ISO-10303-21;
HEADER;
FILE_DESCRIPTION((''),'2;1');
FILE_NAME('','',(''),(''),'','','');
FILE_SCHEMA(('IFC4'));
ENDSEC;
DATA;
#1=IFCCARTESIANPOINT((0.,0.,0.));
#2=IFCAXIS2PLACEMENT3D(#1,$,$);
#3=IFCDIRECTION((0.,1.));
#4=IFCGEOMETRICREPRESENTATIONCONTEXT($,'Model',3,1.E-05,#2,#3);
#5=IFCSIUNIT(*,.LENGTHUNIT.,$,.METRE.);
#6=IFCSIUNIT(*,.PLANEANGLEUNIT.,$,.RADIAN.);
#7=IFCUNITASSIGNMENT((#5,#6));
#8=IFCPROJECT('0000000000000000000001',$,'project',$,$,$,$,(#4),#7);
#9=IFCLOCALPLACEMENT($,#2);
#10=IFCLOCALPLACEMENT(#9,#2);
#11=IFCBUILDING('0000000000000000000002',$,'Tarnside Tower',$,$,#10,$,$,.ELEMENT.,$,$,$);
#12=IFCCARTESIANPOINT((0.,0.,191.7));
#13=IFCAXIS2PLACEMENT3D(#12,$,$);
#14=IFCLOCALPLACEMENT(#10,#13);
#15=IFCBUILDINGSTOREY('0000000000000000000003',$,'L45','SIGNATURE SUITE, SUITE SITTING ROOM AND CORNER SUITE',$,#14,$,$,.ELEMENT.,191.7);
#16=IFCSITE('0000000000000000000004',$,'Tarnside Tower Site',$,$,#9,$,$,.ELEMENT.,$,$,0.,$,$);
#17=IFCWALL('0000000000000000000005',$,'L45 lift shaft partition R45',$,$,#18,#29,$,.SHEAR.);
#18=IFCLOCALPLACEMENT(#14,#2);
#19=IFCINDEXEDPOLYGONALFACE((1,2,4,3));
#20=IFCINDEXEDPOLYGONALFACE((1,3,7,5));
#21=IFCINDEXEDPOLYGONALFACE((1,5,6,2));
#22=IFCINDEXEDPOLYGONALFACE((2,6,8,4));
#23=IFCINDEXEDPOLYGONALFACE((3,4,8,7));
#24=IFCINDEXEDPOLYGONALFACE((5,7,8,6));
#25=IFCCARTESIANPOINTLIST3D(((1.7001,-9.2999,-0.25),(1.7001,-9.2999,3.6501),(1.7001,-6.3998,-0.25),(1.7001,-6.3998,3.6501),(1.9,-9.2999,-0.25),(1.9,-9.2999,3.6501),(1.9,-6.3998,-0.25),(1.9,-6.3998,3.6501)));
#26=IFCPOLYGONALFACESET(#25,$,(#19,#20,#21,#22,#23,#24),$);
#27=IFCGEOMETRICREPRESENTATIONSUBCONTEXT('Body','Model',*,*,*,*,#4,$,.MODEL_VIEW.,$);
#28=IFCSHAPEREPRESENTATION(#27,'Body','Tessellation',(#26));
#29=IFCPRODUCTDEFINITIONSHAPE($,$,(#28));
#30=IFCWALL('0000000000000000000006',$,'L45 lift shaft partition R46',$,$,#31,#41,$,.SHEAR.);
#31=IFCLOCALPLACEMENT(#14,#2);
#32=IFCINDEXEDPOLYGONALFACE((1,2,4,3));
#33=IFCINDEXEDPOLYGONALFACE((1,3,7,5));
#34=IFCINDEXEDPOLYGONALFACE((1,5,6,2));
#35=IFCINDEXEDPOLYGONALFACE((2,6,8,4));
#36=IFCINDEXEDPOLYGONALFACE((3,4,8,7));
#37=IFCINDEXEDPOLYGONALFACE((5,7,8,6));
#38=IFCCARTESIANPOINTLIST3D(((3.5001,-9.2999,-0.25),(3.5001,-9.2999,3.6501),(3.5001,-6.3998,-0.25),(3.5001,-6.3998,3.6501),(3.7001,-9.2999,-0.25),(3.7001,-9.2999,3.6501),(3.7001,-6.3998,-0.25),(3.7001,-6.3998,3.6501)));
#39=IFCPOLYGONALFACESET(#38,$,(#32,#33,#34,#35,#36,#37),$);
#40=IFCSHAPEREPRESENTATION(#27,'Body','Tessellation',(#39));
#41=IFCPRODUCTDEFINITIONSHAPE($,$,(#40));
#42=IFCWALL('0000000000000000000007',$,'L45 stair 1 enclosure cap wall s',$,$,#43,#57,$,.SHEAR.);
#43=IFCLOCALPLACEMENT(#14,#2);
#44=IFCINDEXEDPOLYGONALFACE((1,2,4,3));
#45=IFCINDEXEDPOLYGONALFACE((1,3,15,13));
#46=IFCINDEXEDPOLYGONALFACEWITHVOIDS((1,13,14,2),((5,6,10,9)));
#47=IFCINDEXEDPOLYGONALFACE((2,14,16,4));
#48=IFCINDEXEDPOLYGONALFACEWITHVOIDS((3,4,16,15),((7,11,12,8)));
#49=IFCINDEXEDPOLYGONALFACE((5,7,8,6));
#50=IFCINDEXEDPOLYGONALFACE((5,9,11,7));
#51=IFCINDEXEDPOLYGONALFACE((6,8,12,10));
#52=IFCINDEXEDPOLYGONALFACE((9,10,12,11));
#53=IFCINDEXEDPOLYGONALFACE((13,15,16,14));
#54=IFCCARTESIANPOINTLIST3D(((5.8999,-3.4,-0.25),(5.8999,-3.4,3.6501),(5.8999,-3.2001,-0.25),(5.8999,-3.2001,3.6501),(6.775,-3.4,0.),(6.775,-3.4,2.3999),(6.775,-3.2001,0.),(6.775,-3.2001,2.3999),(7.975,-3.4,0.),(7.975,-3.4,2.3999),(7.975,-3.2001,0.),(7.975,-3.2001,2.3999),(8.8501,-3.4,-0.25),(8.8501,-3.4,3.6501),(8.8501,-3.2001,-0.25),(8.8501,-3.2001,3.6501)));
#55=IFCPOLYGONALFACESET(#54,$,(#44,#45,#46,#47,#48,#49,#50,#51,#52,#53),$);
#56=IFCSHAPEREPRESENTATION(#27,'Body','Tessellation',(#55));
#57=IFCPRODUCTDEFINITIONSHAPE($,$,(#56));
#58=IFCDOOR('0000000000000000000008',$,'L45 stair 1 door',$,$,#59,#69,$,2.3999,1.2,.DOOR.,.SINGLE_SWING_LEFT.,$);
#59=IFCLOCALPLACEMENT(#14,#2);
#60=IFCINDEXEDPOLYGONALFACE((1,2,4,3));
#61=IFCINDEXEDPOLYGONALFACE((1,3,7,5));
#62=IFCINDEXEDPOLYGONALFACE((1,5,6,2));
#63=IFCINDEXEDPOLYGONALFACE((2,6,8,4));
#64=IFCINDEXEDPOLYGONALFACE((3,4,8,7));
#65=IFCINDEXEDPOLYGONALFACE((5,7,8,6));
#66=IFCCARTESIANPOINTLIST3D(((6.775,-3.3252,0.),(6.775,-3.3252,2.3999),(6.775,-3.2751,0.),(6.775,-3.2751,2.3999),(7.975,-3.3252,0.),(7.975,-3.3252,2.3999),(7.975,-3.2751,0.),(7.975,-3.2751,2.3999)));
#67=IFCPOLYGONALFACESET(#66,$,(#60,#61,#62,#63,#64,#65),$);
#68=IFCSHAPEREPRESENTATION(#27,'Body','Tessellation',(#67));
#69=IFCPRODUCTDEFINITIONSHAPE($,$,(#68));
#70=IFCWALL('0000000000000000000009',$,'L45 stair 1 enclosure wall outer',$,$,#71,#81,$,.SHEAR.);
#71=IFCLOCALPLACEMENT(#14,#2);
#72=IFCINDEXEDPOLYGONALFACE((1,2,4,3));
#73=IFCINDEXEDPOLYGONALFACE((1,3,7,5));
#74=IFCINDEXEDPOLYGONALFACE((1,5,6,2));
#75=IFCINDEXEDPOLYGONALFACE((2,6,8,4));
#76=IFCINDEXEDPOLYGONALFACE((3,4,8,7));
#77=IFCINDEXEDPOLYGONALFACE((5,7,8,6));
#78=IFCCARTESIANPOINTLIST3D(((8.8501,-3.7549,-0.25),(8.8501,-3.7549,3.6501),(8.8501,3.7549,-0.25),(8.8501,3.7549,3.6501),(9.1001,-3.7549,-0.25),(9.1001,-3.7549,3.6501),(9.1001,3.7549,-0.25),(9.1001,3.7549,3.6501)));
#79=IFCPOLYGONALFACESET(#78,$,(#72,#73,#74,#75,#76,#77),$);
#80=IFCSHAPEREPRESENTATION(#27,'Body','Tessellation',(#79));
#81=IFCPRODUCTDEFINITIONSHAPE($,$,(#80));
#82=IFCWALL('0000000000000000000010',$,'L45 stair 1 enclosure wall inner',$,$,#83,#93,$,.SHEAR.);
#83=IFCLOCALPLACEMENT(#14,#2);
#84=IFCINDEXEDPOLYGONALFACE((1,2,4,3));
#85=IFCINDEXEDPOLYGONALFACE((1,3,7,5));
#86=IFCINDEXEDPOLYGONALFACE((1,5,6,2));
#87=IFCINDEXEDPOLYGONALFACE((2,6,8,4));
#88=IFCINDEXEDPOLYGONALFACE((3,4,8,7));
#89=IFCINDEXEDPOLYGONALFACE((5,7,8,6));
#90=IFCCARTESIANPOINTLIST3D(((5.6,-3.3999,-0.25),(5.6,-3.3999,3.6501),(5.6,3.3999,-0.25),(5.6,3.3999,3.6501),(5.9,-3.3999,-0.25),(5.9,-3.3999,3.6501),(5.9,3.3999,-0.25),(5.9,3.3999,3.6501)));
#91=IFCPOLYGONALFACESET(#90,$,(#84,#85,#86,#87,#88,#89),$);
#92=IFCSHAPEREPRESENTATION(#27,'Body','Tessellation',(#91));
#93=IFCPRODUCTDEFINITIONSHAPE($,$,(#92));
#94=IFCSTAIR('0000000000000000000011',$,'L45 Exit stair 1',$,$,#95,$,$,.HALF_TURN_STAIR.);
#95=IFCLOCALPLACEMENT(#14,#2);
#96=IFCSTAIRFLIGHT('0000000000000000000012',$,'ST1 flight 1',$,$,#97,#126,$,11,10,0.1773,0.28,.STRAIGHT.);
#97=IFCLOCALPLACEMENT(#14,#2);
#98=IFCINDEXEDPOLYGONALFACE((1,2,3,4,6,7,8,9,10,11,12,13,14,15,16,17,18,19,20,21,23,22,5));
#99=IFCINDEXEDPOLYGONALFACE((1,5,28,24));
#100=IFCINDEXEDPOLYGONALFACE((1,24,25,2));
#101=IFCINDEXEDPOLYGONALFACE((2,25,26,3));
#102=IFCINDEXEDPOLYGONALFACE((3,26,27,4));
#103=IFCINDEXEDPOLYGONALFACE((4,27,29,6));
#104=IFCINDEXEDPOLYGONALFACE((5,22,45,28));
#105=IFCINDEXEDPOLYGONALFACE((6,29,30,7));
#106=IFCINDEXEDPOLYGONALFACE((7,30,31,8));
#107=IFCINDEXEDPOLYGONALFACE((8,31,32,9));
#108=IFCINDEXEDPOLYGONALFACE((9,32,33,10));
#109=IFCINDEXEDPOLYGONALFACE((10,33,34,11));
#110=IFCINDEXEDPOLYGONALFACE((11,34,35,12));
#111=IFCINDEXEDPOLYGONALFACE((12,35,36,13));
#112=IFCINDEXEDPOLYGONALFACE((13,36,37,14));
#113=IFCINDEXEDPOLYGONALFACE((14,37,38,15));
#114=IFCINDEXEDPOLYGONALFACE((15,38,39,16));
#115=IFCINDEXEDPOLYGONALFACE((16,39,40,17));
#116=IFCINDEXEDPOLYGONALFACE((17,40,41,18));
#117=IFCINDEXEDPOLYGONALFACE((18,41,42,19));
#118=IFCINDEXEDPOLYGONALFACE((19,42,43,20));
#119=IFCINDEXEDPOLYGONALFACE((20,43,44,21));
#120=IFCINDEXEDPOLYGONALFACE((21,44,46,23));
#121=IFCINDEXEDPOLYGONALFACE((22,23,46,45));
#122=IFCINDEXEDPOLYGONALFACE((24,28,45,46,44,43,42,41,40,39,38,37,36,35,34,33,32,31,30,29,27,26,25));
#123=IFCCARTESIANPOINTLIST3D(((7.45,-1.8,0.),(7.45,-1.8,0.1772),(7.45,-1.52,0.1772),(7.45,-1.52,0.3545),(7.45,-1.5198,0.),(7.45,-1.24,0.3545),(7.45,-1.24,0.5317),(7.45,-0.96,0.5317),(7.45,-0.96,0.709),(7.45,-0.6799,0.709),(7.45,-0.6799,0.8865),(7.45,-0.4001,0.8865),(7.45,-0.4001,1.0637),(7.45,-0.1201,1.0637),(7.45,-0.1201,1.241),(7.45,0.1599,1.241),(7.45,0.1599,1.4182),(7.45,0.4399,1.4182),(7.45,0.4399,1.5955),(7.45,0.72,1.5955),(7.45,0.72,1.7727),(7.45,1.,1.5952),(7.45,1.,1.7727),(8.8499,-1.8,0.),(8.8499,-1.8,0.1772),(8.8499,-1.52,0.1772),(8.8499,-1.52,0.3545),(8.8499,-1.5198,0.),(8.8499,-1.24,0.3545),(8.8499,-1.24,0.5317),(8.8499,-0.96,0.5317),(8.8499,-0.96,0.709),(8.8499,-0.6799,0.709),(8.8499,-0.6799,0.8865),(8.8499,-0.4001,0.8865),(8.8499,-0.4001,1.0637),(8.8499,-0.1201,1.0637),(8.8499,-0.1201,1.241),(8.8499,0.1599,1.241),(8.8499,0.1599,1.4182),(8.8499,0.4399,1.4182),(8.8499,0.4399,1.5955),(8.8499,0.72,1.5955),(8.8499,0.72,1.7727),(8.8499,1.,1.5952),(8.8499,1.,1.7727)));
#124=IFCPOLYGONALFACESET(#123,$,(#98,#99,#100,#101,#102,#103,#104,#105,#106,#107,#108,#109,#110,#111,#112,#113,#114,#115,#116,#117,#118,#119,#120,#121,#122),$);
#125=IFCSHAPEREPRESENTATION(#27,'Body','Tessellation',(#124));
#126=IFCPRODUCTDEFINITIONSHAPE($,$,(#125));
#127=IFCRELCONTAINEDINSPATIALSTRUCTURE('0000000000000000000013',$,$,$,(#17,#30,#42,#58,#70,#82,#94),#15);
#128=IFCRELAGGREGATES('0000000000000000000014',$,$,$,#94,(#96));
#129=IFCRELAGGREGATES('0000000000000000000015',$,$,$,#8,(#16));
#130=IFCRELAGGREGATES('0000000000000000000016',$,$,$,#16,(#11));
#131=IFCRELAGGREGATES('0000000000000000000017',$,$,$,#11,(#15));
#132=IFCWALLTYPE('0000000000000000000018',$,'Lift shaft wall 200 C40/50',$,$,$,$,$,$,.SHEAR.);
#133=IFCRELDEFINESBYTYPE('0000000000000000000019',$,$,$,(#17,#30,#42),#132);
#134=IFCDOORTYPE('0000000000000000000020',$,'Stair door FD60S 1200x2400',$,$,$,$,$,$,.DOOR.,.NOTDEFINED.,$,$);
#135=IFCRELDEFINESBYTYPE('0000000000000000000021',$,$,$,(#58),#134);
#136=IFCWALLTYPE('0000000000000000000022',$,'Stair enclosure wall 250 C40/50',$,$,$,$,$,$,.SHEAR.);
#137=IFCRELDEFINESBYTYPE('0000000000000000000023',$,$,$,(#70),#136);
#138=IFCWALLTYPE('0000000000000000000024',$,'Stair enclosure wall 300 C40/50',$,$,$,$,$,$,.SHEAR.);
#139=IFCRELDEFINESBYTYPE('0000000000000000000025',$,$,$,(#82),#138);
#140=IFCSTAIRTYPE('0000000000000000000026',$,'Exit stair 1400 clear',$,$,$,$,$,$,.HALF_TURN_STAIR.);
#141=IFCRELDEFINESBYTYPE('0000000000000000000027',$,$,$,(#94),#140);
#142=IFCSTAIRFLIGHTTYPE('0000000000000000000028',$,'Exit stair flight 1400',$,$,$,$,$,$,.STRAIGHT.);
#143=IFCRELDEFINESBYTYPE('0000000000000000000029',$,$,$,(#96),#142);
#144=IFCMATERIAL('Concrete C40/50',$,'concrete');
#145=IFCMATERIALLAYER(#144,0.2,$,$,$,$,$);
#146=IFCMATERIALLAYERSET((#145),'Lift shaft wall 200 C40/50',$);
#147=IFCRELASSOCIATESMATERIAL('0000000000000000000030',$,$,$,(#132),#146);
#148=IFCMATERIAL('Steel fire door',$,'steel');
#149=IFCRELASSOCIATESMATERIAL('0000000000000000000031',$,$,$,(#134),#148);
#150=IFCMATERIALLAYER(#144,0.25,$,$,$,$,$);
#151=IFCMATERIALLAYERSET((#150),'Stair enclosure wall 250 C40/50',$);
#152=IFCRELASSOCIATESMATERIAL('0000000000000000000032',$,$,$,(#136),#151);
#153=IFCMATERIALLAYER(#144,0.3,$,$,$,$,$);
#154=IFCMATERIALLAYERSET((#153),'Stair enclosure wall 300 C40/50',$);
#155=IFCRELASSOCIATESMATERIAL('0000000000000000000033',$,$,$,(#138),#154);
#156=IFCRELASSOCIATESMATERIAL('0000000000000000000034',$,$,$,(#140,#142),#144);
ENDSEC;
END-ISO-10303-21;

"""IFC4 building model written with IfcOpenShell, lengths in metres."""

from ifc_helpers import new_model, si_unit, direction, frame, frame_2d, origin, place, context, subcontext, project, spatial, polyline, rectangle, outline, extrude, material, layer, layer_set, type_object, element, fill, aggregate, save


model = new_model("IFC4")

# Units and contexts
model_context = context("Model", 3, precision=1e-05, world=origin(), true_north=direction((0.0, 1.0)))
body_context = subcontext(model_context, "Body", "Model", "MODEL_VIEW")
ifc_project = project(units=[si_unit("LENGTHUNIT", "METRE"), si_unit("PLANEANGLEUNIT", "RADIAN")], contexts=[model_context])

# Site, building, storey
site_placement = place(None, origin())
site = spatial("IfcSite", under=ifc_project, at=site_placement, Name="Tarnside Tower Site", CompositionType="ELEMENT", RefElevation=0.0)
building_placement = place(site_placement, origin())
building = spatial("IfcBuilding", under=site, at=building_placement, Name="Tarnside Tower", CompositionType="ELEMENT")
storey_placement = place(building_placement, frame((0.0, 0.0, 191.7)))
storey = spatial("IfcBuildingStorey", under=building, at=storey_placement, Name="L45", Description="SIGNATURE SUITE, SUITE SITTING ROOM AND CORNER SUITE", CompositionType="ELEMENT", Elevation=191.7)

# Shared definitions
ifc_material_1 = material(Name="Concrete C40/50", Category="concrete")

# Shared definitions
ifc_material_2 = material(Name="Steel fire door", Category="steel")

# Walls
ifc_layer_1 = layer(ifc_material_1, 0.2)
ifc_layer_set_1 = layer_set([ifc_layer_1], Name="Lift shaft wall 200 C40/50")
wall_type_1 = type_object("IfcWallType", Name="Lift shaft wall 200 C40/50", PredefinedType="SHEAR", material=ifc_layer_set_1)
for number, where, z_axis, x_axis, name in (
    (1, (1.8, -9.3, -0.25), (0.0, 0.0, 1.0), (0.0, 1.0, 0.0), "L45 lift shaft partition R45"),
    (2, (3.6001, -9.3, -0.25), (0.0, 0.0, 1.0), (0.0, 1.0, 0.0), "L45 lift shaft partition R46"),
):
    element("IfcWall", number, at=place(storey_placement, frame(where, z_axis=z_axis, x_axis=x_axis)), inside=storey, type_object=wall_type_1, Name=name, PredefinedType="SHEAR", context=body_context, shape_type="SweptSolid", body=[
        extrude(rectangle(XDim=2.9001, YDim=0.2, at=frame_2d((1.4502, 0.0))), origin(), (0.0, 0.0, 1.0), 3.9001),
    ])

# Wall, opening, door
wall_1_placement = place(storey_placement, frame((5.8999, -3.3, -0.25), z_axis=(0.0, 0.0, 1.0), x_axis=(1.0, 0.0, 0.0)))
wall_1 = element("IfcWall", 3, at=wall_1_placement, inside=storey, type_object=wall_type_1, Name="L45 stair 1 enclosure cap wall s", PredefinedType="SHEAR", context=body_context, shape_type="SweptSolid", body=[
    extrude(rectangle(XDim=2.9502, YDim=0.2, at=frame_2d((1.4751, 0.0))), origin(), (0.0, 0.0, 1.0), 3.9001),
])
opening_1_placement = place(wall_1_placement, frame((0.875, 0.0, 0.25)))
opening_1 = element("IfcOpeningElement", 4, at=opening_1_placement, cuts=wall_1, PredefinedType="OPENING", context=body_context, shape_type="SweptSolid", body=[
    extrude(rectangle(XDim=1.2, YDim=2.3999, at=frame_2d((0.6001, 1.2))), frame((0.0, 0.1099, 0.0), z_axis=(0.0, -1.0, 0.0), x_axis=(1.0, 0.0, 0.0)), (0.0, 0.0, 1.0), 0.22),
])
door_type_1 = type_object("IfcDoorType", Name="Stair door FD60S 1200x2400", OperationType="NOTDEFINED", PredefinedType="DOOR", material=ifc_material_2)
door_1_placement = place(opening_1_placement, origin())
door_1 = element("IfcDoor", 5, at=door_1_placement, inside=storey, type_object=door_type_1, Name="L45 stair 1 door", OperationType="SINGLE_SWING_LEFT", OverallHeight=2.3999, OverallWidth=1.2, PredefinedType="DOOR", context=body_context, shape_type="SweptSolid", body=[
    extrude(rectangle(XDim=1.2, YDim=2.3999, at=frame_2d((0.6001, 1.2))), frame((0.0, 0.0249, 0.0), z_axis=(0.0, -1.0, 0.0), x_axis=(1.0, 0.0, 0.0)), (0.0, 0.0, 1.0), 0.05),
])
fill(opening_1, door_1)

# Walls
ifc_layer_2 = layer(ifc_material_1, 0.25)
ifc_layer_set_2 = layer_set([ifc_layer_2], Name="Stair enclosure wall 250 C40/50")
wall_type_2 = type_object("IfcWallType", Name="Stair enclosure wall 250 C40/50", PredefinedType="SHEAR", material=ifc_layer_set_2)
wall_2_placement = place(storey_placement, frame((8.9751, -3.7549, -0.25), z_axis=(0.0, 0.0, 1.0), x_axis=(0.0, 1.0, 0.0)))
element("IfcWall", 6, at=wall_2_placement, inside=storey, type_object=wall_type_2, Name="L45 stair 1 enclosure wall outer", PredefinedType="SHEAR", context=body_context, shape_type="SweptSolid", body=[
    extrude(rectangle(XDim=7.5098, YDim=0.25, at=frame_2d((3.7549, 0.0))), origin(), (0.0, 0.0, 1.0), 3.9001),
])
ifc_layer_3 = layer(ifc_material_1, 0.3)
ifc_layer_set_3 = layer_set([ifc_layer_3], Name="Stair enclosure wall 300 C40/50")
wall_type_3 = type_object("IfcWallType", Name="Stair enclosure wall 300 C40/50", PredefinedType="SHEAR", material=ifc_layer_set_3)
wall_3_placement = place(storey_placement, frame((5.75, -3.3999, -0.25), z_axis=(0.0, 0.0, 1.0), x_axis=(0.0, 1.0, 0.0)))
element("IfcWall", 7, at=wall_3_placement, inside=storey, type_object=wall_type_3, Name="L45 stair 1 enclosure wall inner", PredefinedType="SHEAR", context=body_context, shape_type="SweptSolid", body=[
    extrude(rectangle(XDim=6.7998, YDim=0.3, at=frame_2d((3.3999, 0.0))), origin(), (0.0, 0.0, 1.0), 3.9001),
])

# Stair, stair flight
stair_type = type_object("IfcStairType", Name="Exit stair 1400 clear", PredefinedType="HALF_TURN_STAIR", material=ifc_material_1)
stair_placement = place(storey_placement, origin())
stair = element("IfcStair", 8, at=stair_placement, inside=storey, type_object=stair_type, Name="L45 Exit stair 1", PredefinedType="HALF_TURN_STAIR")
stair_flight_type = type_object("IfcStairFlightType", Name="Exit stair flight 1400", PredefinedType="STRAIGHT", material=ifc_material_1)
stair_flight_placement = place(storey_placement, frame((8.1499, -1.8, 0.0), z_axis=(0.0, 0.0, 1.0), x_axis=(0.0, 1.0, 0.0)))
stair_flight = element("IfcStairFlight", 9, at=stair_flight_placement, type_object=stair_flight_type, Name="ST1 flight 1", NumberOfRisers=11, NumberOfTreads=10, PredefinedType="STRAIGHT", RiserHeight=0.1773, TreadLength=0.28, context=body_context, shape_type="SweptSolid", body=[
    extrude(outline(polyline([(0.0, 0.0), (0.0, 0.1772), (0.28, 0.1772), (0.28, 0.3545), (0.5601, 0.3545), (0.5601, 0.5317), (0.8401, 0.5317), (0.8401, 0.709), (1.1201, 0.709), (1.1201, 0.8865), (1.3999, 0.8865), (1.3999, 1.0637), (1.6799, 1.0637), (1.6799, 1.241), (1.96, 1.241), (1.96, 1.4182), (2.24, 1.4182), (2.24, 1.5955), (2.52, 1.5955), (2.52, 1.7727), (2.8, 1.7727), (2.8, 1.95), (2.8, 1.5952), (0.2803, 0.0), (0.0, 0.0)])), frame((0.0, 0.7, 0.0), z_axis=(0.0, -1.0, 0.0), x_axis=(1.0, 0.0, 0.0)), (0.0, 0.0, 1.0), 1.3999),
])
aggregate(stair, [stair_flight])

save(model, "model.ifc")
